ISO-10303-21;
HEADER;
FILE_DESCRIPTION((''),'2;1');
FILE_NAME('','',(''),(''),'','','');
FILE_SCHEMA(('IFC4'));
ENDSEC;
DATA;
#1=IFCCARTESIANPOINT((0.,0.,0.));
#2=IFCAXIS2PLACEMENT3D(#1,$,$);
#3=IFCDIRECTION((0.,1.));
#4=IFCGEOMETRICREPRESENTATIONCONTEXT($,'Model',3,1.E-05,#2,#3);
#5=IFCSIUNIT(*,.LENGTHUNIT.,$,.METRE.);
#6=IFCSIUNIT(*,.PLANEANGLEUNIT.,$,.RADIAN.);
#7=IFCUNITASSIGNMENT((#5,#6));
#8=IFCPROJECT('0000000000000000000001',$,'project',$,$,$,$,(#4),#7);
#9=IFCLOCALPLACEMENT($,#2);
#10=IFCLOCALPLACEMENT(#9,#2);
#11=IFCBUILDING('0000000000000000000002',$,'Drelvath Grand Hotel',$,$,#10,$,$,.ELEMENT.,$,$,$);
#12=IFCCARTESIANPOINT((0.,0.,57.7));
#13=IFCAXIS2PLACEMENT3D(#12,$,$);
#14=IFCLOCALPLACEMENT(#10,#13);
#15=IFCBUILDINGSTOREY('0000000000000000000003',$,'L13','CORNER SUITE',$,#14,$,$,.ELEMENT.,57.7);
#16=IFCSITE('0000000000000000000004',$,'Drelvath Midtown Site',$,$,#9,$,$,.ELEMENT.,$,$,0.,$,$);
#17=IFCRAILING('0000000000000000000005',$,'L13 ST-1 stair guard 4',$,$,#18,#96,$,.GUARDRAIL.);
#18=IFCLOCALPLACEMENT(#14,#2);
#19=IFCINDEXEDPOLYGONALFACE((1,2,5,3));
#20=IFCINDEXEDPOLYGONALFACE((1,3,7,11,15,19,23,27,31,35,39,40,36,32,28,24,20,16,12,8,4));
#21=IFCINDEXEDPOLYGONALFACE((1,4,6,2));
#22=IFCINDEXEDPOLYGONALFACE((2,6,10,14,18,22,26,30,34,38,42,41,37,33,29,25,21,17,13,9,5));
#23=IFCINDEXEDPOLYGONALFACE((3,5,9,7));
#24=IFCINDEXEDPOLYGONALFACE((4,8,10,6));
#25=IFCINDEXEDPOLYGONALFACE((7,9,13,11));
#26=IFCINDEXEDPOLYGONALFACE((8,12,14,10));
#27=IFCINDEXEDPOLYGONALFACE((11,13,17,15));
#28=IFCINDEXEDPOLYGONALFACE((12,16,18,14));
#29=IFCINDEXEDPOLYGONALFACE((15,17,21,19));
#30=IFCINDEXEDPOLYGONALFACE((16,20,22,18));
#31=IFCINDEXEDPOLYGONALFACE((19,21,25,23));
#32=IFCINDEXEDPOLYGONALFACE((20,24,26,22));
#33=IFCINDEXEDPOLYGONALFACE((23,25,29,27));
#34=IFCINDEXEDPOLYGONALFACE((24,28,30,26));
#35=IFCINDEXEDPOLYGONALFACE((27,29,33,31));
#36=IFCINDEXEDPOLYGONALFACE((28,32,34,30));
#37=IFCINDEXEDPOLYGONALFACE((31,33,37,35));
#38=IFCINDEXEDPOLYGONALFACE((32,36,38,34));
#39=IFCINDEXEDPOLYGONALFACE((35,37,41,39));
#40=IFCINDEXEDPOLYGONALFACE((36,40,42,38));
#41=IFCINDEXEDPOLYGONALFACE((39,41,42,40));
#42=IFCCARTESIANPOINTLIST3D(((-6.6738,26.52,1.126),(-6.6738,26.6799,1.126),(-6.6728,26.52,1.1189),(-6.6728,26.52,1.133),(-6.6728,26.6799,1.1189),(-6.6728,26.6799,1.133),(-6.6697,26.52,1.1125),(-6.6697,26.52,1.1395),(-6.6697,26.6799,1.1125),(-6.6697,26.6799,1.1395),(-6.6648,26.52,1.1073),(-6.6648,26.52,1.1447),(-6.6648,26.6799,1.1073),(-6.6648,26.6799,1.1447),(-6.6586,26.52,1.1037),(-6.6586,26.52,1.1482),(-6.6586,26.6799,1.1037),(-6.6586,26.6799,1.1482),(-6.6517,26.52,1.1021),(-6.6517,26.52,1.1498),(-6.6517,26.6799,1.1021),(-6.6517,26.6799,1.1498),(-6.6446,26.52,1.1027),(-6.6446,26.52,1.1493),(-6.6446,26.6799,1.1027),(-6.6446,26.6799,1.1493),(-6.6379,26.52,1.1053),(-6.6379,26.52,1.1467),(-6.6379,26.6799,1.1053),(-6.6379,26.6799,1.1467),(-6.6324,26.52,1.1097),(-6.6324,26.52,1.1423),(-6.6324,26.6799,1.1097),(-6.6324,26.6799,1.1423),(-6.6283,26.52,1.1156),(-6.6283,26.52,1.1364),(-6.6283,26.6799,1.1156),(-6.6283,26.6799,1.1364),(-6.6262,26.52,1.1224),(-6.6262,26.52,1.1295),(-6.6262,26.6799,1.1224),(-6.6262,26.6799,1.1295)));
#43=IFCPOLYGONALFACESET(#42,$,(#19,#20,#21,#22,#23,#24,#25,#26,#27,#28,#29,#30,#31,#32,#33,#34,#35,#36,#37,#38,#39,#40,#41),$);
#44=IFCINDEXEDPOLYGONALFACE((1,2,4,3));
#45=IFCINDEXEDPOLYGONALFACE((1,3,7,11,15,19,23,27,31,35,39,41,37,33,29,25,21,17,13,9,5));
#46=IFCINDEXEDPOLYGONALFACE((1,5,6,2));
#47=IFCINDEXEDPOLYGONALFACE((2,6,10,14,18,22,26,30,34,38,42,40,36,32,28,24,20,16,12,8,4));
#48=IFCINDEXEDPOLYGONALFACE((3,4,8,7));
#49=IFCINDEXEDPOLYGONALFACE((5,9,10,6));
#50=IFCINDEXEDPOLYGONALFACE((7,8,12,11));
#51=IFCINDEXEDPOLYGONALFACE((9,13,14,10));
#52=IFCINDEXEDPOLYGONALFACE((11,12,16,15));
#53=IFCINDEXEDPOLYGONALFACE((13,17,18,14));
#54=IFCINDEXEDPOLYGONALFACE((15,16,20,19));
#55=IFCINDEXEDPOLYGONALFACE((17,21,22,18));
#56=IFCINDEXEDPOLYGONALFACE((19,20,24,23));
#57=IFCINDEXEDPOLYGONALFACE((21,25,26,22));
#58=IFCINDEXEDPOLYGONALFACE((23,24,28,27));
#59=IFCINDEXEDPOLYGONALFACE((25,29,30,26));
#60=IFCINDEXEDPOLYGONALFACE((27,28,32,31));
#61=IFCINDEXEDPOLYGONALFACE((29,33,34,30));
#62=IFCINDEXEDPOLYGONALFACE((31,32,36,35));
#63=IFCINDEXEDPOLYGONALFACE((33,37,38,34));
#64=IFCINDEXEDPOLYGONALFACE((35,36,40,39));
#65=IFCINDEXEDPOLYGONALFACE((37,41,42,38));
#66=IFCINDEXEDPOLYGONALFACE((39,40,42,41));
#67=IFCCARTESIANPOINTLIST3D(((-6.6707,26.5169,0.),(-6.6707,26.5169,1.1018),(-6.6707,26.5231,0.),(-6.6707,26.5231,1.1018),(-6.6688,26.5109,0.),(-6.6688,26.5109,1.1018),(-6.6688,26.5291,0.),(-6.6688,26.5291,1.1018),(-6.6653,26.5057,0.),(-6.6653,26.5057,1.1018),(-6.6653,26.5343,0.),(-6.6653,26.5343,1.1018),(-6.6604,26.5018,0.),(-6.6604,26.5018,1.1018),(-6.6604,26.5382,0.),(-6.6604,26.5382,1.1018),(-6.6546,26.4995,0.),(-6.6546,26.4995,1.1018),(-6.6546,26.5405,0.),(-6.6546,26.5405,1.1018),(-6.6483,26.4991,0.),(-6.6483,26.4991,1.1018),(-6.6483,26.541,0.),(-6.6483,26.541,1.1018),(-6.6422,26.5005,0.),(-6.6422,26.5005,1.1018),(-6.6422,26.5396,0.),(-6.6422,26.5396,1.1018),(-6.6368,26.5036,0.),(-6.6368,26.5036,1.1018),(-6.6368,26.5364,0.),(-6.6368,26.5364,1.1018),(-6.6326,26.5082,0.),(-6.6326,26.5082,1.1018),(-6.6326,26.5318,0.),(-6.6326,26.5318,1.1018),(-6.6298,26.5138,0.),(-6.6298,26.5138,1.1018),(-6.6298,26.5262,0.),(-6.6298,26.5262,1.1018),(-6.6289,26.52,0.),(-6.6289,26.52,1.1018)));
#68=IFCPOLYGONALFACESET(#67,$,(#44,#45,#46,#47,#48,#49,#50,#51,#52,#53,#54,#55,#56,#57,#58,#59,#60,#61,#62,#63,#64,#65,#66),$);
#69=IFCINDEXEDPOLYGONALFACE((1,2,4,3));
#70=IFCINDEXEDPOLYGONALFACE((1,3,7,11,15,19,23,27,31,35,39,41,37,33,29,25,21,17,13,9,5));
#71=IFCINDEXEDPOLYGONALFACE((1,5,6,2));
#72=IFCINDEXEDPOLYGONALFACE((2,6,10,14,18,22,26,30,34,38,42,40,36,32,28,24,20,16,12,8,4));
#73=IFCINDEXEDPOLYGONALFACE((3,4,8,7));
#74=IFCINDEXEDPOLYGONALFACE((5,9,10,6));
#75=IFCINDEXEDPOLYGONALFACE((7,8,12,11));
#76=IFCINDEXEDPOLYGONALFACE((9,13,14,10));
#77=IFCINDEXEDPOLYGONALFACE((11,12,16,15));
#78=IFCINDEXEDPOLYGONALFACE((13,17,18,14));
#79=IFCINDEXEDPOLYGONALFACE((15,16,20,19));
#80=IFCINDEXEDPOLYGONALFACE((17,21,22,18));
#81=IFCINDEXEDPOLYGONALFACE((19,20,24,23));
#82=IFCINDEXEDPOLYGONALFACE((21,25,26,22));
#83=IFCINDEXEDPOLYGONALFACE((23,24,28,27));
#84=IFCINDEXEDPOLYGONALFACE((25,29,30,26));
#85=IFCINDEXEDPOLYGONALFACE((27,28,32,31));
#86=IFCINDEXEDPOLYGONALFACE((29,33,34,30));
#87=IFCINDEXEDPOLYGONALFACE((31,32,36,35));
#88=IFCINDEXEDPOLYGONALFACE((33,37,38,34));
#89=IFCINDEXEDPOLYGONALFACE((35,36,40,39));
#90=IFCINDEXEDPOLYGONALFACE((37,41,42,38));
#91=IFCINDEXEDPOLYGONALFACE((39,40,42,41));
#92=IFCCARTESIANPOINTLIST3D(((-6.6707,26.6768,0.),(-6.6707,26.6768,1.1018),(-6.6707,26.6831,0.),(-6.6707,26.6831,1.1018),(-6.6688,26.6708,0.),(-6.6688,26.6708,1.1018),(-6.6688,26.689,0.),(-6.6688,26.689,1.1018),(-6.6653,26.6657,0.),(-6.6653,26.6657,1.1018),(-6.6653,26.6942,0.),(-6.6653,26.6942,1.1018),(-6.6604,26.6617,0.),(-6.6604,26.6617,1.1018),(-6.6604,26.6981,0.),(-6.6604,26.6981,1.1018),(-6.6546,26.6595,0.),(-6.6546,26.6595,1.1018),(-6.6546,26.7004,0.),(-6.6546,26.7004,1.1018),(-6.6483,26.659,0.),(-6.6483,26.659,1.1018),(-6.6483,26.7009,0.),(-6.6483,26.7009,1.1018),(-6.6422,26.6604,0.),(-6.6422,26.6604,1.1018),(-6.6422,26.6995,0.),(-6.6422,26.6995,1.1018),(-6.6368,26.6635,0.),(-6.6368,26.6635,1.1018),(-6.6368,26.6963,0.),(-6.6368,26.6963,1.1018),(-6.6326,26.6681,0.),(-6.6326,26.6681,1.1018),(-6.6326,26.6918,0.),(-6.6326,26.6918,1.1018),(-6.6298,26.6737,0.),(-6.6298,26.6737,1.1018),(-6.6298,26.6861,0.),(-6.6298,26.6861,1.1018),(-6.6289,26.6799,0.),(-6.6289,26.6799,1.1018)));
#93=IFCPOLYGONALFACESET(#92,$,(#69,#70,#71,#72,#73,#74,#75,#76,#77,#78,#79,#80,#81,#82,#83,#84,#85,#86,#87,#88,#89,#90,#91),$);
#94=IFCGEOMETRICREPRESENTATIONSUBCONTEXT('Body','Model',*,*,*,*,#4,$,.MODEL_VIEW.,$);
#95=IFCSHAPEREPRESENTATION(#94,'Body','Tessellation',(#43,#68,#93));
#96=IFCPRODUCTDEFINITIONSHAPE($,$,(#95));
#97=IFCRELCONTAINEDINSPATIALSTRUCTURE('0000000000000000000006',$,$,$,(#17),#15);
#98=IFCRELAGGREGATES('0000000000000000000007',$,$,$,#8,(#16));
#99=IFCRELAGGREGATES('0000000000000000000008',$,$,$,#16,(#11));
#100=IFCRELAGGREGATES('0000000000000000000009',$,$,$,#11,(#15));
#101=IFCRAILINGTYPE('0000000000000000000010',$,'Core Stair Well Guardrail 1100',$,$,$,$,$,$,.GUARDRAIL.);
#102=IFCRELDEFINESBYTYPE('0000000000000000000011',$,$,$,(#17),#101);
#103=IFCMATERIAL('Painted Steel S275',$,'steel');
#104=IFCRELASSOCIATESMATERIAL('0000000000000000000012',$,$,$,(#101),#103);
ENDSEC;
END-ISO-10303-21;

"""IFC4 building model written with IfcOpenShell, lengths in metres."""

from ifc_helpers import new_model, si_unit, direction, frame, origin, origin_2d, place, context, subcontext, project, spatial, circle, extrude, material, type_object, element, save


model = new_model("IFC4")

# Units and contexts
model_context = context("Model", 3, precision=1e-05, world=origin(), true_north=direction((0.0, 1.0)))
body_context = subcontext(model_context, "Body", "Model", "MODEL_VIEW")
ifc_project = project(units=[si_unit("LENGTHUNIT", "METRE"), si_unit("PLANEANGLEUNIT", "RADIAN")], contexts=[model_context])

# Site, building, storey
site_placement = place(None, origin())
site = spatial("IfcSite", under=ifc_project, at=site_placement, Name="Drelvath Midtown Site", CompositionType="ELEMENT", RefElevation=0.0)
building_placement = place(site_placement, origin())
building = spatial("IfcBuilding", under=site, at=building_placement, Name="Drelvath Grand Hotel", CompositionType="ELEMENT")
storey_placement = place(building_placement, frame((0.0, 0.0, 57.7)))
storey = spatial("IfcBuildingStorey", under=building, at=storey_placement, Name="L13", Description="CORNER SUITE", CompositionType="ELEMENT", Elevation=57.7)

# Shared definitions
ifc_material_1 = material(Name="Painted Steel S275", Category="steel")

# Railing
railing_type_1 = type_object("IfcRailingType", Name="Core Stair Well Guardrail 1100", PredefinedType="GUARDRAIL", material=ifc_material_1)
railing_1_placement = place(storey_placement, frame((-6.6499, 26.52, 0.0)))
element("IfcRailing", 1, at=railing_1_placement, inside=storey, type_object=railing_type_1, Name="L13 ST-1 stair guard 4", PredefinedType="GUARDRAIL", context=body_context, shape_type="SweptSolid", body=[
    extrude(circle(Radius=0.0239, at=origin_2d()), frame((0.0, 0.0, 1.126), z_axis=(0.0, 1.0, 0.0), x_axis=(-1.0, 0.0, 0.0)), (0.0, 0.0, 1.0), 0.1599),
    extrude(circle(Radius=0.021, at=origin_2d()), origin(), (0.0, 0.0, 1.0), 1.1018),
    extrude(circle(Radius=0.021, at=origin_2d()), frame((0.0, 0.1599, 0.0)), (0.0, 0.0, 1.0), 1.1018),
])

save(model, "model.ifc")
